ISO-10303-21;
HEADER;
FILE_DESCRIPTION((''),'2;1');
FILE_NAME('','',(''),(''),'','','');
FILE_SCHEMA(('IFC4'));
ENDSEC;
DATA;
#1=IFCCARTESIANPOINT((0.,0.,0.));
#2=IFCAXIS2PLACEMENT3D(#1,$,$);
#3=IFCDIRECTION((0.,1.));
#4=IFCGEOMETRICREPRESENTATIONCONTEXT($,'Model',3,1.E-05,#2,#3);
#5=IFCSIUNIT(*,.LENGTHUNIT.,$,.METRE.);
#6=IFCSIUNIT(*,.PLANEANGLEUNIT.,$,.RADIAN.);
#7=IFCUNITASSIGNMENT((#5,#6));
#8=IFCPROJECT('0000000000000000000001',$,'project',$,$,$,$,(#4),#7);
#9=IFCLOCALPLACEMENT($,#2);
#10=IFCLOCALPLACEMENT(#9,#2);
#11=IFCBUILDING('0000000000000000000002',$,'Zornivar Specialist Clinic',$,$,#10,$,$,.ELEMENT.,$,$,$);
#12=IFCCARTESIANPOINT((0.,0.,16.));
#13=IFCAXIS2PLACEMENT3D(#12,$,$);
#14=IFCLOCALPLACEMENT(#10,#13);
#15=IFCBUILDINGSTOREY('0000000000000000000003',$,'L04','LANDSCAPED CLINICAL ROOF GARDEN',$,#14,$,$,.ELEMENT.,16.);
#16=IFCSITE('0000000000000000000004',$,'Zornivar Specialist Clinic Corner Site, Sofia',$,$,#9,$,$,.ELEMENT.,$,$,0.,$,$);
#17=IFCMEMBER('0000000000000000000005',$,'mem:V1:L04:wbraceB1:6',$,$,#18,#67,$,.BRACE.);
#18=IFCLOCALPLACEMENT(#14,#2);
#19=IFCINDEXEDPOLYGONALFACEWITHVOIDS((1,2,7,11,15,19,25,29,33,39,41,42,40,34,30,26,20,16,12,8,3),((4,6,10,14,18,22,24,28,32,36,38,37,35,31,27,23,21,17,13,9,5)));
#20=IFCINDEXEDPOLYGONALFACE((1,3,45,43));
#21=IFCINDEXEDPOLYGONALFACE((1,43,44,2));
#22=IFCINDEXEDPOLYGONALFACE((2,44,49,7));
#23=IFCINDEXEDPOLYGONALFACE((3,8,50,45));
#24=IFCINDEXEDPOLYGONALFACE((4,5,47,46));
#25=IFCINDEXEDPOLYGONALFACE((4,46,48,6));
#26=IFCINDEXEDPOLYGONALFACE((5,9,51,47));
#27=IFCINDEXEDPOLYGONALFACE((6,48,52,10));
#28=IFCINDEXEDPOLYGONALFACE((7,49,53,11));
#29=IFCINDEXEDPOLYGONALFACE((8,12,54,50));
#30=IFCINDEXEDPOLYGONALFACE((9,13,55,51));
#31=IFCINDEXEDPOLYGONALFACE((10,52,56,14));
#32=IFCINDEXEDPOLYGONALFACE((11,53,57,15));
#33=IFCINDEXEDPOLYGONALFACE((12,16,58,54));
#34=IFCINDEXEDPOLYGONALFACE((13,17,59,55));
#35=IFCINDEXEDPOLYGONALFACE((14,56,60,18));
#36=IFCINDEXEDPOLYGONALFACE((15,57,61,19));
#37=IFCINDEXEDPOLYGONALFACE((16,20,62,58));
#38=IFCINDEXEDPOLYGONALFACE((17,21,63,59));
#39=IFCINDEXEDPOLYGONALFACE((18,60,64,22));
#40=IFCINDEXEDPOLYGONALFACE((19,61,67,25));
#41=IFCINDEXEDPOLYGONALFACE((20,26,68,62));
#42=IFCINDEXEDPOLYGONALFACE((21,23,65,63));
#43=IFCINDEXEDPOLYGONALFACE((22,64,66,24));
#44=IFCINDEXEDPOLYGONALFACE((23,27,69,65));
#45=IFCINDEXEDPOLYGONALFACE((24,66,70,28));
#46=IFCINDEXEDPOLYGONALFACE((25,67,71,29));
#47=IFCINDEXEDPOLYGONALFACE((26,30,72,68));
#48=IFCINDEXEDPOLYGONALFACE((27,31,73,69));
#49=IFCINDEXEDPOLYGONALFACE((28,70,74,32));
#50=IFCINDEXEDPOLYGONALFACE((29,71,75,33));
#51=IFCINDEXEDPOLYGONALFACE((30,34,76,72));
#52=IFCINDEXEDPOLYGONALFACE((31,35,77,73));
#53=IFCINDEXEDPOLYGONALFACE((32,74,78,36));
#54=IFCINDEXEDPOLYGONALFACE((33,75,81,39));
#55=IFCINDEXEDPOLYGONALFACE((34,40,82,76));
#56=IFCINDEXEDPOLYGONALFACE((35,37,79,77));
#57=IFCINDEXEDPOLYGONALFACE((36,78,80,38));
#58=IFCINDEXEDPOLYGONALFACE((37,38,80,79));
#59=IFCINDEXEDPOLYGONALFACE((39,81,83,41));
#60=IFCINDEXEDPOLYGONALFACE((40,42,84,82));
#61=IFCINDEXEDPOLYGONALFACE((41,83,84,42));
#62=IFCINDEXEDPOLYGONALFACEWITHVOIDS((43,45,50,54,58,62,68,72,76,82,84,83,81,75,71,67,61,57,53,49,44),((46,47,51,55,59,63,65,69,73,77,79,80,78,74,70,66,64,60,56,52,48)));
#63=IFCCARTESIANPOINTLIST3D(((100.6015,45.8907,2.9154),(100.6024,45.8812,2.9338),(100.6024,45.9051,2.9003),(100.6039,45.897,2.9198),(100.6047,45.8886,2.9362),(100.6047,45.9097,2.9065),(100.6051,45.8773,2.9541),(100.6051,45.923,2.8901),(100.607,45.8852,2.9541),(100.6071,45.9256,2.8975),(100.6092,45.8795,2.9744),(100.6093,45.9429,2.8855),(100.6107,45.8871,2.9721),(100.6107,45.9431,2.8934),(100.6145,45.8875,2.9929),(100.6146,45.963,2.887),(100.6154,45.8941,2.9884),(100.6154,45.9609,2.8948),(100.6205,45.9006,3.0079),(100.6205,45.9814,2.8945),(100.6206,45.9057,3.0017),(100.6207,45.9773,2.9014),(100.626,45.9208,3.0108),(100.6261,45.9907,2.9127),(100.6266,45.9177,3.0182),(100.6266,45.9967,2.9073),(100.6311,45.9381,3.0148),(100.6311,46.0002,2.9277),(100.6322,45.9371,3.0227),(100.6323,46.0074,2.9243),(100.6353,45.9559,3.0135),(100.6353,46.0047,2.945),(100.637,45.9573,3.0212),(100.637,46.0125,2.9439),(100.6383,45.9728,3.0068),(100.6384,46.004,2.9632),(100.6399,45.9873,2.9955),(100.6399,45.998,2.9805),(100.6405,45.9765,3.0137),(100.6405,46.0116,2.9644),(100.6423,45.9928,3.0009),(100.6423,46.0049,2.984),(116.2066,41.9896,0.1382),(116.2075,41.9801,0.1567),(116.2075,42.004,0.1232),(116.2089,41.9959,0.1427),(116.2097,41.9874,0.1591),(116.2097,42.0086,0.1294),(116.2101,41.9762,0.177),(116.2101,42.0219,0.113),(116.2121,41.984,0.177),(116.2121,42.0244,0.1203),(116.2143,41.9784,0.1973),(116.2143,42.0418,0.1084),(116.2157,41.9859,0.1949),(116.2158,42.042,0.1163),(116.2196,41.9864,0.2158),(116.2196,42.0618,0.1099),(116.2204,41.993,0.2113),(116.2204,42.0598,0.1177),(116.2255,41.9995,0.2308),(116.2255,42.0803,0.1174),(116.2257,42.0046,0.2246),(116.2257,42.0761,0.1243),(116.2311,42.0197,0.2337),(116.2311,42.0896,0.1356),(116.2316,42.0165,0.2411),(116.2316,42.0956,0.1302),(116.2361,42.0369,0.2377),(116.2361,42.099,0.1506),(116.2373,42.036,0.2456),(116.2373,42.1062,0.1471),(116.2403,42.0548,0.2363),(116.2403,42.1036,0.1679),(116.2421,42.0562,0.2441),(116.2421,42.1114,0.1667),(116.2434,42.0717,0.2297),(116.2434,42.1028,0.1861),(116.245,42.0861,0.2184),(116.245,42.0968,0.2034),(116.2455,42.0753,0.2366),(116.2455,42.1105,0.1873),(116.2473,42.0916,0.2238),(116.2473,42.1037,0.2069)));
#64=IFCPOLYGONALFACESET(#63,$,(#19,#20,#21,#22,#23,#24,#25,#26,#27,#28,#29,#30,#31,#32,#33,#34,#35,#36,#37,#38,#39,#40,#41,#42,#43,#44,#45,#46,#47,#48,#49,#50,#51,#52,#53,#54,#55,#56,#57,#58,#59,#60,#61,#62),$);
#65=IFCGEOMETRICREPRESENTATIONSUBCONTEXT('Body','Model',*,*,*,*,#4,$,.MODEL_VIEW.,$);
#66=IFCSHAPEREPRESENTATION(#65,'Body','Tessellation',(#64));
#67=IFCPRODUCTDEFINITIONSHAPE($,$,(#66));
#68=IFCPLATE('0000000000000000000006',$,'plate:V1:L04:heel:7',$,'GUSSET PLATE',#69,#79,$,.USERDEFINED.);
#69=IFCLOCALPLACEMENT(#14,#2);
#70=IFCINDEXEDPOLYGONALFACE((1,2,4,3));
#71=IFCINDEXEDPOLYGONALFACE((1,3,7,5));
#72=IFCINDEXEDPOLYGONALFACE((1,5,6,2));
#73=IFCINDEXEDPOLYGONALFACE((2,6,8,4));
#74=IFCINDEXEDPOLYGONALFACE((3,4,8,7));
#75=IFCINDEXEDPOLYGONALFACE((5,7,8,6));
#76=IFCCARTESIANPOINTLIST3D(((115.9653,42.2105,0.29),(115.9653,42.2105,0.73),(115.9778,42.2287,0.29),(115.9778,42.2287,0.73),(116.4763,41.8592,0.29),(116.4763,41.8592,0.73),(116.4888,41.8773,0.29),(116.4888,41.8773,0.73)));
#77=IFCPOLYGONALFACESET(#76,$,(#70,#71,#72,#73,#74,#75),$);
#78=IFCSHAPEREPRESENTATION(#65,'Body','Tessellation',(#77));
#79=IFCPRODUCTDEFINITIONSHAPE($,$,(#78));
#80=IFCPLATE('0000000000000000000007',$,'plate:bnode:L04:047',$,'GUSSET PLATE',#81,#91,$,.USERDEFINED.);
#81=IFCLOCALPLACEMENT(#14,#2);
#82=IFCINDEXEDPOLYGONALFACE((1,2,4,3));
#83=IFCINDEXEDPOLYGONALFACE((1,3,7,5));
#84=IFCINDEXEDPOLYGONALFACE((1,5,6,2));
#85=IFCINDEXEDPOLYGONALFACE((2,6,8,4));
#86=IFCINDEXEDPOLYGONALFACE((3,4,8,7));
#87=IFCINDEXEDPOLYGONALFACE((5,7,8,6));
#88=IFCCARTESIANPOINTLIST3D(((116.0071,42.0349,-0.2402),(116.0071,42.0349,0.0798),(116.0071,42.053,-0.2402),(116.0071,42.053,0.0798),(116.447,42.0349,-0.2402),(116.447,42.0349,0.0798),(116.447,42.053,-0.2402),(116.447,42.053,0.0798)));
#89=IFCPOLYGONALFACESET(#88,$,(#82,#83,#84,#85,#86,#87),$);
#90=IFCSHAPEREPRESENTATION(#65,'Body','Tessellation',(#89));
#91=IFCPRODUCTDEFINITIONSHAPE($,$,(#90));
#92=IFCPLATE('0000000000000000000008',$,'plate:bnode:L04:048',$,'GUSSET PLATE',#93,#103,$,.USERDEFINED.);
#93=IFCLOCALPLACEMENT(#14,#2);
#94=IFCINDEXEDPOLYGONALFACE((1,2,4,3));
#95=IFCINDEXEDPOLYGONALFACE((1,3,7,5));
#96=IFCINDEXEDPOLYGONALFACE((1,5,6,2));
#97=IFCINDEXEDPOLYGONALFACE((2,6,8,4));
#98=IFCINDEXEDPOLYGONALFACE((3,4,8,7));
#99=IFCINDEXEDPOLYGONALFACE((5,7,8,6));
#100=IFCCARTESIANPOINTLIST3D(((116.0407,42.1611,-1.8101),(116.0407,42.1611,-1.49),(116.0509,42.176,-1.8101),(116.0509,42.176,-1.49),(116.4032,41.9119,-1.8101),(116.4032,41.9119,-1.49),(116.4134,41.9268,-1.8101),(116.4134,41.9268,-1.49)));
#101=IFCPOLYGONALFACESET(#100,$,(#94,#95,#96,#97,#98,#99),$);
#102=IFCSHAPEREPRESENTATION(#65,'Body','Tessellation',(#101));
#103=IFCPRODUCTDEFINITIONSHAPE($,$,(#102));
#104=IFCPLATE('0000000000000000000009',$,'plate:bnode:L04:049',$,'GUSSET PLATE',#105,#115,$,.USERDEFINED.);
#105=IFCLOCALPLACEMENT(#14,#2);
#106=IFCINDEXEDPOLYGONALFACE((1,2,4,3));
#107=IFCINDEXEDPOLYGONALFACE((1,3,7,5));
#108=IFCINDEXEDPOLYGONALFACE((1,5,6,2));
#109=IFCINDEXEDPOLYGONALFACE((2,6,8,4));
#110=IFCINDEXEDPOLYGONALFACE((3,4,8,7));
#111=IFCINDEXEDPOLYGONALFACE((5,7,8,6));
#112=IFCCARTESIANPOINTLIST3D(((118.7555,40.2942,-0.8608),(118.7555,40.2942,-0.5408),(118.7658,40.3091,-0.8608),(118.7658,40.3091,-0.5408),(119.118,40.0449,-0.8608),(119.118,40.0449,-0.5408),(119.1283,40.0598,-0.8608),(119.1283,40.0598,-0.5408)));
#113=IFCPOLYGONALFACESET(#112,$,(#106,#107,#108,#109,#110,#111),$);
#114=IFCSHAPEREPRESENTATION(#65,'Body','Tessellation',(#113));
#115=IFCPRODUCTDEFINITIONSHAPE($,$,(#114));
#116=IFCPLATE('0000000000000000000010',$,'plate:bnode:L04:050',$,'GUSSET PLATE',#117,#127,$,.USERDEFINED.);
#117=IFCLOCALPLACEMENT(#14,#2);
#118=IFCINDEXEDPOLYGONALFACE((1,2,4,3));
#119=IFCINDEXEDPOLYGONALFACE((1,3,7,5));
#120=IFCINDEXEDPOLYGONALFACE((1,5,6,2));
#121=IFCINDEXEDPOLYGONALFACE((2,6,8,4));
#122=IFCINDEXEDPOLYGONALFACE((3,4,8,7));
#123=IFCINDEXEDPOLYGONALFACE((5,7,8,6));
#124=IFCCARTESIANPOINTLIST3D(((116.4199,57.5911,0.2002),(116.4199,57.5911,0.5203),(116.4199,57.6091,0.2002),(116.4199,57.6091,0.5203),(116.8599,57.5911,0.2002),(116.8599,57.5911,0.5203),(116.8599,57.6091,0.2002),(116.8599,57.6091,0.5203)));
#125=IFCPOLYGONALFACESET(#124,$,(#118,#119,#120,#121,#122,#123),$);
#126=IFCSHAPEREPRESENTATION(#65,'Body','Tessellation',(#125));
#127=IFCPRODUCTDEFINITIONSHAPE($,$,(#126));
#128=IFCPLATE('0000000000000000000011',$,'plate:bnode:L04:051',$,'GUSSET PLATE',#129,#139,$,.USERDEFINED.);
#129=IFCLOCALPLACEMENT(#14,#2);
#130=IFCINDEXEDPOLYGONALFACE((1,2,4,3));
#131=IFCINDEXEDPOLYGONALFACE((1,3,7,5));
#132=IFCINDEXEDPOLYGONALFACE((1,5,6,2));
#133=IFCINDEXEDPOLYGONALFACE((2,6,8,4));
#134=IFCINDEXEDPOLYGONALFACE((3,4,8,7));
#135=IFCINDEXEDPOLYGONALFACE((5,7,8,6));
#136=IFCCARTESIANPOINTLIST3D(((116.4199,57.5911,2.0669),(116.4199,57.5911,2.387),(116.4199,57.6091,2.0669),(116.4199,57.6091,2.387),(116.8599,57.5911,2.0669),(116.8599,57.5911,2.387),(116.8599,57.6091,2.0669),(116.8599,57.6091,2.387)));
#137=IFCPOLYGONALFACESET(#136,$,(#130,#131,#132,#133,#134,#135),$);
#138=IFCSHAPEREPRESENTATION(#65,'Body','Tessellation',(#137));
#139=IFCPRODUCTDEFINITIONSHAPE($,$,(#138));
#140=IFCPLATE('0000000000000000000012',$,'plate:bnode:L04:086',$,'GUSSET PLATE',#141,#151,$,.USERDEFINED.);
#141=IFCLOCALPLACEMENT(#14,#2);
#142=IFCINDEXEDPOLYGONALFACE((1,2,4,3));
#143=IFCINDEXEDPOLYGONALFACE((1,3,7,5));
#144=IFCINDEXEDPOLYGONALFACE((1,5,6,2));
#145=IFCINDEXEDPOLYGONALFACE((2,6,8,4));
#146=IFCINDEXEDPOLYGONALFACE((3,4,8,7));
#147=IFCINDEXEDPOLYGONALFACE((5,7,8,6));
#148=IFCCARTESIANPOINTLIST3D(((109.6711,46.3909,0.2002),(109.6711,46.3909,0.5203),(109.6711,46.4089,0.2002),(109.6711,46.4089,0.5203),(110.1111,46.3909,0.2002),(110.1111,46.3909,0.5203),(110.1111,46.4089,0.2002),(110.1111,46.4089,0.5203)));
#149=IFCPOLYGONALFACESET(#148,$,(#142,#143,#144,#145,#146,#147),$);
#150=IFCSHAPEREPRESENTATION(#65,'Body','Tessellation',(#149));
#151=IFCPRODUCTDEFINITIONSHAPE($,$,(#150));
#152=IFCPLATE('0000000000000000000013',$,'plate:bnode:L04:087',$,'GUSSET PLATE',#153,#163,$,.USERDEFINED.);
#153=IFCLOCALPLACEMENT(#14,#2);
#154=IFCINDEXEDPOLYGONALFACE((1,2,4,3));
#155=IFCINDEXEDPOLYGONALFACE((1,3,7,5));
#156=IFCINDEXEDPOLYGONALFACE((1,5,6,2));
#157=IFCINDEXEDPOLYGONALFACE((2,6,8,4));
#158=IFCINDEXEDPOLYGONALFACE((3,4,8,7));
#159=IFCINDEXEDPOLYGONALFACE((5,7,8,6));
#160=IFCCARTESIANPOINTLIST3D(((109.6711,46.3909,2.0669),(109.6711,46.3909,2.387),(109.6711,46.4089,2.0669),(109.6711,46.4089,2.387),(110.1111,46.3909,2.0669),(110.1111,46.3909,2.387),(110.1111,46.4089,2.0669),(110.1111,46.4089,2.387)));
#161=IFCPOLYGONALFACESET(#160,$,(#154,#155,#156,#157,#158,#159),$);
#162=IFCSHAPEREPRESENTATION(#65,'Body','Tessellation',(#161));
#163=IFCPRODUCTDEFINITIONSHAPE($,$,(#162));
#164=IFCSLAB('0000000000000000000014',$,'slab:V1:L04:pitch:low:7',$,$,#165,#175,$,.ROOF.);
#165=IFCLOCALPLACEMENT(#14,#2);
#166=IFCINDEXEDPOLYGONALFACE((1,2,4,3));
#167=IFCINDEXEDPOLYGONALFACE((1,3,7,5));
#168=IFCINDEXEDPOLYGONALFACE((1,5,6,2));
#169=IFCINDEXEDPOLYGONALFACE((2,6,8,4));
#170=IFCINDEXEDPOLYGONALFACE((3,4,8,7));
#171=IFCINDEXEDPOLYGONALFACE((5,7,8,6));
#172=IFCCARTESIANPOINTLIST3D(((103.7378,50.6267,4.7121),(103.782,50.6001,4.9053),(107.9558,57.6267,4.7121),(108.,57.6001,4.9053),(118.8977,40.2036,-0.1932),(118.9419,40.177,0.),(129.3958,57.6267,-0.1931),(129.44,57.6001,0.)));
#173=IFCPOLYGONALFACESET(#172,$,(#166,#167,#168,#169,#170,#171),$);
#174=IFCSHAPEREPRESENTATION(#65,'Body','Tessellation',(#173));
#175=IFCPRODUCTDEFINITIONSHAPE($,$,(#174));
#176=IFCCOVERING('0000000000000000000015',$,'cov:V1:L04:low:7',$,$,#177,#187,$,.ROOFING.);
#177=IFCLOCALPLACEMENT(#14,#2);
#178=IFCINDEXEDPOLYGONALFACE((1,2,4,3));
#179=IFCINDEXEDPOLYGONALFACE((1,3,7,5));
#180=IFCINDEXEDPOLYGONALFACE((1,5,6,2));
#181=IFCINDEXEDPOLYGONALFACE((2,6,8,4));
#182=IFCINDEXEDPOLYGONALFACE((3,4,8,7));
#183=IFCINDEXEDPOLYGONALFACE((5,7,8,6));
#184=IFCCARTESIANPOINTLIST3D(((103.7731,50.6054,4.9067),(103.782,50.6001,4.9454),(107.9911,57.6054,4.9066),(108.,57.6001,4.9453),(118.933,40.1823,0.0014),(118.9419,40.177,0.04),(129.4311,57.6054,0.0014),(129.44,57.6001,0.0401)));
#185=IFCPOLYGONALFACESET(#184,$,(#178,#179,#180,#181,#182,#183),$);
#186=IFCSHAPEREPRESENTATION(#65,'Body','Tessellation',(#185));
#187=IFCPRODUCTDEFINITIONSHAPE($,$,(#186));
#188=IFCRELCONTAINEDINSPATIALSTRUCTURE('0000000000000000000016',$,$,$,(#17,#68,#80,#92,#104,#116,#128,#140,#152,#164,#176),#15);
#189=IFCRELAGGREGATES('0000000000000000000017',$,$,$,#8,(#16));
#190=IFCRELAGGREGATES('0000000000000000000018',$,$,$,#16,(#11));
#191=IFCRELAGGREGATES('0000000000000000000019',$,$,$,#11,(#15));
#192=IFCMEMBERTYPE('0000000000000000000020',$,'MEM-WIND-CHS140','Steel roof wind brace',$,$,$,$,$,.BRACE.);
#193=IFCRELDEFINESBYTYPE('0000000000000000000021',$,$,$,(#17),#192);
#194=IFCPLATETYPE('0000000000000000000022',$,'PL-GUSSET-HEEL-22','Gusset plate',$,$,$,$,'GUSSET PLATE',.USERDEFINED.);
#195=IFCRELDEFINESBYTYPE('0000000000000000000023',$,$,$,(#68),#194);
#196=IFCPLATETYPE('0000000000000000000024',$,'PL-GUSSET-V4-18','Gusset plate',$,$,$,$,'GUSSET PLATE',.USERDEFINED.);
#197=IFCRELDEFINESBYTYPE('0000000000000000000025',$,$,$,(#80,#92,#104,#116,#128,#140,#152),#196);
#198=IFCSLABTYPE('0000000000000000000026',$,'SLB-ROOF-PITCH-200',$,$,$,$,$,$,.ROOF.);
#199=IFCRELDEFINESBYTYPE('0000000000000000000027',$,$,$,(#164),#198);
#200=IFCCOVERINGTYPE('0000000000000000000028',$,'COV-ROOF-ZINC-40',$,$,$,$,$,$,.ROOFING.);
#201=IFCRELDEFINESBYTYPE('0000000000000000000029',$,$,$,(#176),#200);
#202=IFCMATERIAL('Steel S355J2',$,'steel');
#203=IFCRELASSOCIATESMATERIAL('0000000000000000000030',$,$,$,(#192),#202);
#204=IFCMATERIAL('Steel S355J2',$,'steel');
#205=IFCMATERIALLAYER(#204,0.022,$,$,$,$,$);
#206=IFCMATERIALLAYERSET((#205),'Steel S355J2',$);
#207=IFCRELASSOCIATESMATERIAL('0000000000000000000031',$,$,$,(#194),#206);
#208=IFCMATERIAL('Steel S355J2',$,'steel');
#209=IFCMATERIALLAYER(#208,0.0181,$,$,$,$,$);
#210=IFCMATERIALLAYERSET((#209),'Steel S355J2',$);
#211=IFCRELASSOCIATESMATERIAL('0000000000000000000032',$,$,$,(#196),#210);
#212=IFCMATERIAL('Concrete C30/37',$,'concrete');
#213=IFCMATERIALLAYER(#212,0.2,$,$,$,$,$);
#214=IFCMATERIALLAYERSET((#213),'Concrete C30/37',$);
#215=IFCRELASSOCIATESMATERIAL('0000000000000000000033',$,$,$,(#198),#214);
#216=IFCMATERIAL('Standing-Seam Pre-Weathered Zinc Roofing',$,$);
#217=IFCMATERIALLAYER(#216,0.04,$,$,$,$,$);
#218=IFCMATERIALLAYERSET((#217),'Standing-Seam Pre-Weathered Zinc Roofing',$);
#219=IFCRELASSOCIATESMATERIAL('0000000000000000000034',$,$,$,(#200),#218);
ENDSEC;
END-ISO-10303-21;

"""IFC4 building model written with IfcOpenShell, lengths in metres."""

from ifc_helpers import new_model, si_unit, direction, frame, origin, origin_2d, place, context, subcontext, project, spatial, polyline, rectangle, hollow_circle, outline, extrude, material, layer, layer_set, material_profile, profile_set, type_object, element, save


model = new_model("IFC4")

# Units and contexts
model_context = context("Model", 3, precision=1e-05, world=origin(), true_north=direction((0.0, 1.0)))
body_context = subcontext(model_context, "Body", "Model", "MODEL_VIEW")
ifc_project = project(units=[si_unit("LENGTHUNIT", "METRE"), si_unit("PLANEANGLEUNIT", "RADIAN")], contexts=[model_context])

# Site, building, storey
site_placement = place(None, origin())
site = spatial("IfcSite", under=ifc_project, at=site_placement, Name="Zornivar Specialist Clinic Corner Site, Sofia", CompositionType="ELEMENT", RefElevation=0.0)
building_placement = place(site_placement, origin())
building = spatial("IfcBuilding", under=site, at=building_placement, Name="Zornivar Specialist Clinic", CompositionType="ELEMENT")
storey_placement = place(building_placement, frame((0.0, 0.0, 16.0)))
storey = spatial("IfcBuildingStorey", under=building, at=storey_placement, Name="L04", Description="LANDSCAPED CLINICAL ROOF GARDEN", CompositionType="ELEMENT", Elevation=16.0)

# Member
ifc_material_1 = material(Name="Steel S355J2", Category="steel")
ifc_material_profile_1 = material_profile(ifc_material_1, hollow_circle(Radius=0.0698, WallThickness=0.0081, at=origin_2d()), Name="CHS 139.7x8")
ifc_profile_set_1 = profile_set([ifc_material_profile_1], Name="Steel S355J2")
member_type_1 = type_object("IfcMemberType", Name="MEM-WIND-CHS140", Description="Steel roof wind brace", PredefinedType="BRACE", material=ifc_profile_set_1)
member_1_placement = place(storey_placement, frame((116.2271, 42.0439, 0.177), z_axis=(-0.956001, 0.238993, 0.170132), x_axis=(-0.242528, -0.970144, 0.0)))
element("IfcMember", 1, at=member_1_placement, inside=storey, type_object=member_type_1, Name="mem:V1:L04:wbraceB1:6", PredefinedType="BRACE", context=body_context, shape_type="SweptSolid", body=[
    extrude(hollow_circle(Radius=0.0698, WallThickness=0.0081, at=origin_2d()), origin(), (0.0, 0.0, 1.0), 16.3232),
])

# Plates
ifc_material_2 = material(Name="Steel S355J2", Category="steel")
ifc_layer_1 = layer(ifc_material_2, 0.022)
ifc_layer_set_1 = layer_set([ifc_layer_1], Name="Steel S355J2")
plate_type_1 = type_object("IfcPlateType", Name="PL-GUSSET-HEEL-22", Description="Gusset plate", ElementType="GUSSET PLATE", PredefinedType="USERDEFINED", material=ifc_layer_set_1)
plate_placement = place(storey_placement, frame((116.2271, 42.0439, 0.29), z_axis=(0.0, 0.0, 1.0), x_axis=(0.824043, -0.566527, 0.0)))
element("IfcPlate", 2, at=plate_placement, inside=storey, type_object=plate_type_1, Name="plate:V1:L04:heel:7", ObjectType="GUSSET PLATE", PredefinedType="USERDEFINED", context=body_context, shape_type="SweptSolid", body=[
    extrude(rectangle(XDim=0.6201, YDim=0.022, at=origin_2d()), origin(), (0.0, 0.0, 1.0), 0.4399),
])
ifc_material_3 = material(Name="Steel S355J2", Category="steel")
ifc_layer_2 = layer(ifc_material_3, 0.0181)
ifc_layer_set_2 = layer_set([ifc_layer_2], Name="Steel S355J2")
plate_type_2 = type_object("IfcPlateType", Name="PL-GUSSET-V4-18", Description="Gusset plate", ElementType="GUSSET PLATE", PredefinedType="USERDEFINED", material=ifc_layer_set_2)
for number, where, z_axis, x_axis, name in (
    (3, (116.2271, 42.0439, -0.2402), (0.0, 0.0, 1.0), (1.0, 0.0, 0.0), "plate:bnode:L04:047"),
    (4, (116.2271, 42.0439, -1.8101), (0.0, 0.0, 1.0), (-0.824027, 0.56655, 0.0), "plate:bnode:L04:048"),
    (5, (118.9419, 40.177, -0.8608), (0.0, 0.0, 1.0), (-0.824027, 0.56655, 0.0), "plate:bnode:L04:049"),
    (6, (116.6399, 57.6001, 0.2002), (0.0, 0.0, 1.0), (1.0, 0.0, 0.0), "plate:bnode:L04:050"),
    (7, (116.6399, 57.6001, 2.0669), (0.0, 0.0, 1.0), (1.0, 0.0, 0.0), "plate:bnode:L04:051"),
    (8, (109.8911, 46.3999, 0.2002), (0.0, 0.0, 1.0), (1.0, 0.0, 0.0), "plate:bnode:L04:086"),
    (9, (109.8911, 46.3999, 2.0669), (0.0, 0.0, 1.0), (1.0, 0.0, 0.0), "plate:bnode:L04:087"),
):
    element("IfcPlate", number, at=place(storey_placement, frame(where, z_axis=z_axis, x_axis=x_axis)), inside=storey, type_object=plate_type_2, Name=name, ObjectType="GUSSET PLATE", PredefinedType="USERDEFINED", context=body_context, shape_type="SweptSolid", body=[
        extrude(rectangle(XDim=0.4399, YDim=0.0181, at=origin_2d()), origin(), (0.0, 0.0, 1.0), 0.3201),
    ])

# Slab
ifc_material_4 = material(Name="Concrete C30/37", Category="concrete")
ifc_layer_3 = layer(ifc_material_4, 0.2)
ifc_layer_set_3 = layer_set([ifc_layer_3], Name="Concrete C30/37")
slab_type = type_object("IfcSlabType", Name="SLB-ROOF-PITCH-200", PredefinedType="ROOF", material=ifc_layer_set_3)
slab_placement = place(storey_placement, frame((118.9419, 40.177, 0.0), z_axis=(0.22104, -0.133187, 0.966128), x_axis=(0.516093, 0.856533, 0.000002)))
element("IfcSlab", 10, at=slab_placement, inside=storey, type_object=slab_type, Name="slab:V1:L04:pitch:low:7", PredefinedType="ROOF", context=body_context, shape_type="SweptSolid", body=[
    extrude(outline(polyline([(0.0, 0.0), (20.3414, 0.0), (9.2764, 19.0079), (1.1038, 19.0081), (0.0, 0.0)])), origin(), (0.0, 0.0, -1.0), 0.2),
])

# Covering
ifc_material_5 = material(Name="Standing-Seam Pre-Weathered Zinc Roofing")
ifc_layer_4 = layer(ifc_material_5, 0.04)
ifc_layer_set_4 = layer_set([ifc_layer_4], Name="Standing-Seam Pre-Weathered Zinc Roofing")
covering_type = type_object("IfcCoveringType", Name="COV-ROOF-ZINC-40", PredefinedType="ROOFING", material=ifc_layer_set_4)
covering_placement = place(storey_placement, frame((118.9419, 40.177, 0.04), z_axis=(0.22104, -0.133187, 0.966128), x_axis=(0.516093, 0.856533, 0.000002)))
element("IfcCovering", 11, at=covering_placement, inside=storey, type_object=covering_type, Name="cov:V1:L04:low:7", PredefinedType="ROOFING", context=body_context, shape_type="SweptSolid", body=[
    extrude(outline(polyline([(0.0, 0.0), (20.3414, 0.0), (9.2764, 19.0079), (1.1038, 19.0081), (0.0, 0.0)])), origin(), (0.0, 0.0, -1.0), 0.04),
])

save(model, "model.ifc")
